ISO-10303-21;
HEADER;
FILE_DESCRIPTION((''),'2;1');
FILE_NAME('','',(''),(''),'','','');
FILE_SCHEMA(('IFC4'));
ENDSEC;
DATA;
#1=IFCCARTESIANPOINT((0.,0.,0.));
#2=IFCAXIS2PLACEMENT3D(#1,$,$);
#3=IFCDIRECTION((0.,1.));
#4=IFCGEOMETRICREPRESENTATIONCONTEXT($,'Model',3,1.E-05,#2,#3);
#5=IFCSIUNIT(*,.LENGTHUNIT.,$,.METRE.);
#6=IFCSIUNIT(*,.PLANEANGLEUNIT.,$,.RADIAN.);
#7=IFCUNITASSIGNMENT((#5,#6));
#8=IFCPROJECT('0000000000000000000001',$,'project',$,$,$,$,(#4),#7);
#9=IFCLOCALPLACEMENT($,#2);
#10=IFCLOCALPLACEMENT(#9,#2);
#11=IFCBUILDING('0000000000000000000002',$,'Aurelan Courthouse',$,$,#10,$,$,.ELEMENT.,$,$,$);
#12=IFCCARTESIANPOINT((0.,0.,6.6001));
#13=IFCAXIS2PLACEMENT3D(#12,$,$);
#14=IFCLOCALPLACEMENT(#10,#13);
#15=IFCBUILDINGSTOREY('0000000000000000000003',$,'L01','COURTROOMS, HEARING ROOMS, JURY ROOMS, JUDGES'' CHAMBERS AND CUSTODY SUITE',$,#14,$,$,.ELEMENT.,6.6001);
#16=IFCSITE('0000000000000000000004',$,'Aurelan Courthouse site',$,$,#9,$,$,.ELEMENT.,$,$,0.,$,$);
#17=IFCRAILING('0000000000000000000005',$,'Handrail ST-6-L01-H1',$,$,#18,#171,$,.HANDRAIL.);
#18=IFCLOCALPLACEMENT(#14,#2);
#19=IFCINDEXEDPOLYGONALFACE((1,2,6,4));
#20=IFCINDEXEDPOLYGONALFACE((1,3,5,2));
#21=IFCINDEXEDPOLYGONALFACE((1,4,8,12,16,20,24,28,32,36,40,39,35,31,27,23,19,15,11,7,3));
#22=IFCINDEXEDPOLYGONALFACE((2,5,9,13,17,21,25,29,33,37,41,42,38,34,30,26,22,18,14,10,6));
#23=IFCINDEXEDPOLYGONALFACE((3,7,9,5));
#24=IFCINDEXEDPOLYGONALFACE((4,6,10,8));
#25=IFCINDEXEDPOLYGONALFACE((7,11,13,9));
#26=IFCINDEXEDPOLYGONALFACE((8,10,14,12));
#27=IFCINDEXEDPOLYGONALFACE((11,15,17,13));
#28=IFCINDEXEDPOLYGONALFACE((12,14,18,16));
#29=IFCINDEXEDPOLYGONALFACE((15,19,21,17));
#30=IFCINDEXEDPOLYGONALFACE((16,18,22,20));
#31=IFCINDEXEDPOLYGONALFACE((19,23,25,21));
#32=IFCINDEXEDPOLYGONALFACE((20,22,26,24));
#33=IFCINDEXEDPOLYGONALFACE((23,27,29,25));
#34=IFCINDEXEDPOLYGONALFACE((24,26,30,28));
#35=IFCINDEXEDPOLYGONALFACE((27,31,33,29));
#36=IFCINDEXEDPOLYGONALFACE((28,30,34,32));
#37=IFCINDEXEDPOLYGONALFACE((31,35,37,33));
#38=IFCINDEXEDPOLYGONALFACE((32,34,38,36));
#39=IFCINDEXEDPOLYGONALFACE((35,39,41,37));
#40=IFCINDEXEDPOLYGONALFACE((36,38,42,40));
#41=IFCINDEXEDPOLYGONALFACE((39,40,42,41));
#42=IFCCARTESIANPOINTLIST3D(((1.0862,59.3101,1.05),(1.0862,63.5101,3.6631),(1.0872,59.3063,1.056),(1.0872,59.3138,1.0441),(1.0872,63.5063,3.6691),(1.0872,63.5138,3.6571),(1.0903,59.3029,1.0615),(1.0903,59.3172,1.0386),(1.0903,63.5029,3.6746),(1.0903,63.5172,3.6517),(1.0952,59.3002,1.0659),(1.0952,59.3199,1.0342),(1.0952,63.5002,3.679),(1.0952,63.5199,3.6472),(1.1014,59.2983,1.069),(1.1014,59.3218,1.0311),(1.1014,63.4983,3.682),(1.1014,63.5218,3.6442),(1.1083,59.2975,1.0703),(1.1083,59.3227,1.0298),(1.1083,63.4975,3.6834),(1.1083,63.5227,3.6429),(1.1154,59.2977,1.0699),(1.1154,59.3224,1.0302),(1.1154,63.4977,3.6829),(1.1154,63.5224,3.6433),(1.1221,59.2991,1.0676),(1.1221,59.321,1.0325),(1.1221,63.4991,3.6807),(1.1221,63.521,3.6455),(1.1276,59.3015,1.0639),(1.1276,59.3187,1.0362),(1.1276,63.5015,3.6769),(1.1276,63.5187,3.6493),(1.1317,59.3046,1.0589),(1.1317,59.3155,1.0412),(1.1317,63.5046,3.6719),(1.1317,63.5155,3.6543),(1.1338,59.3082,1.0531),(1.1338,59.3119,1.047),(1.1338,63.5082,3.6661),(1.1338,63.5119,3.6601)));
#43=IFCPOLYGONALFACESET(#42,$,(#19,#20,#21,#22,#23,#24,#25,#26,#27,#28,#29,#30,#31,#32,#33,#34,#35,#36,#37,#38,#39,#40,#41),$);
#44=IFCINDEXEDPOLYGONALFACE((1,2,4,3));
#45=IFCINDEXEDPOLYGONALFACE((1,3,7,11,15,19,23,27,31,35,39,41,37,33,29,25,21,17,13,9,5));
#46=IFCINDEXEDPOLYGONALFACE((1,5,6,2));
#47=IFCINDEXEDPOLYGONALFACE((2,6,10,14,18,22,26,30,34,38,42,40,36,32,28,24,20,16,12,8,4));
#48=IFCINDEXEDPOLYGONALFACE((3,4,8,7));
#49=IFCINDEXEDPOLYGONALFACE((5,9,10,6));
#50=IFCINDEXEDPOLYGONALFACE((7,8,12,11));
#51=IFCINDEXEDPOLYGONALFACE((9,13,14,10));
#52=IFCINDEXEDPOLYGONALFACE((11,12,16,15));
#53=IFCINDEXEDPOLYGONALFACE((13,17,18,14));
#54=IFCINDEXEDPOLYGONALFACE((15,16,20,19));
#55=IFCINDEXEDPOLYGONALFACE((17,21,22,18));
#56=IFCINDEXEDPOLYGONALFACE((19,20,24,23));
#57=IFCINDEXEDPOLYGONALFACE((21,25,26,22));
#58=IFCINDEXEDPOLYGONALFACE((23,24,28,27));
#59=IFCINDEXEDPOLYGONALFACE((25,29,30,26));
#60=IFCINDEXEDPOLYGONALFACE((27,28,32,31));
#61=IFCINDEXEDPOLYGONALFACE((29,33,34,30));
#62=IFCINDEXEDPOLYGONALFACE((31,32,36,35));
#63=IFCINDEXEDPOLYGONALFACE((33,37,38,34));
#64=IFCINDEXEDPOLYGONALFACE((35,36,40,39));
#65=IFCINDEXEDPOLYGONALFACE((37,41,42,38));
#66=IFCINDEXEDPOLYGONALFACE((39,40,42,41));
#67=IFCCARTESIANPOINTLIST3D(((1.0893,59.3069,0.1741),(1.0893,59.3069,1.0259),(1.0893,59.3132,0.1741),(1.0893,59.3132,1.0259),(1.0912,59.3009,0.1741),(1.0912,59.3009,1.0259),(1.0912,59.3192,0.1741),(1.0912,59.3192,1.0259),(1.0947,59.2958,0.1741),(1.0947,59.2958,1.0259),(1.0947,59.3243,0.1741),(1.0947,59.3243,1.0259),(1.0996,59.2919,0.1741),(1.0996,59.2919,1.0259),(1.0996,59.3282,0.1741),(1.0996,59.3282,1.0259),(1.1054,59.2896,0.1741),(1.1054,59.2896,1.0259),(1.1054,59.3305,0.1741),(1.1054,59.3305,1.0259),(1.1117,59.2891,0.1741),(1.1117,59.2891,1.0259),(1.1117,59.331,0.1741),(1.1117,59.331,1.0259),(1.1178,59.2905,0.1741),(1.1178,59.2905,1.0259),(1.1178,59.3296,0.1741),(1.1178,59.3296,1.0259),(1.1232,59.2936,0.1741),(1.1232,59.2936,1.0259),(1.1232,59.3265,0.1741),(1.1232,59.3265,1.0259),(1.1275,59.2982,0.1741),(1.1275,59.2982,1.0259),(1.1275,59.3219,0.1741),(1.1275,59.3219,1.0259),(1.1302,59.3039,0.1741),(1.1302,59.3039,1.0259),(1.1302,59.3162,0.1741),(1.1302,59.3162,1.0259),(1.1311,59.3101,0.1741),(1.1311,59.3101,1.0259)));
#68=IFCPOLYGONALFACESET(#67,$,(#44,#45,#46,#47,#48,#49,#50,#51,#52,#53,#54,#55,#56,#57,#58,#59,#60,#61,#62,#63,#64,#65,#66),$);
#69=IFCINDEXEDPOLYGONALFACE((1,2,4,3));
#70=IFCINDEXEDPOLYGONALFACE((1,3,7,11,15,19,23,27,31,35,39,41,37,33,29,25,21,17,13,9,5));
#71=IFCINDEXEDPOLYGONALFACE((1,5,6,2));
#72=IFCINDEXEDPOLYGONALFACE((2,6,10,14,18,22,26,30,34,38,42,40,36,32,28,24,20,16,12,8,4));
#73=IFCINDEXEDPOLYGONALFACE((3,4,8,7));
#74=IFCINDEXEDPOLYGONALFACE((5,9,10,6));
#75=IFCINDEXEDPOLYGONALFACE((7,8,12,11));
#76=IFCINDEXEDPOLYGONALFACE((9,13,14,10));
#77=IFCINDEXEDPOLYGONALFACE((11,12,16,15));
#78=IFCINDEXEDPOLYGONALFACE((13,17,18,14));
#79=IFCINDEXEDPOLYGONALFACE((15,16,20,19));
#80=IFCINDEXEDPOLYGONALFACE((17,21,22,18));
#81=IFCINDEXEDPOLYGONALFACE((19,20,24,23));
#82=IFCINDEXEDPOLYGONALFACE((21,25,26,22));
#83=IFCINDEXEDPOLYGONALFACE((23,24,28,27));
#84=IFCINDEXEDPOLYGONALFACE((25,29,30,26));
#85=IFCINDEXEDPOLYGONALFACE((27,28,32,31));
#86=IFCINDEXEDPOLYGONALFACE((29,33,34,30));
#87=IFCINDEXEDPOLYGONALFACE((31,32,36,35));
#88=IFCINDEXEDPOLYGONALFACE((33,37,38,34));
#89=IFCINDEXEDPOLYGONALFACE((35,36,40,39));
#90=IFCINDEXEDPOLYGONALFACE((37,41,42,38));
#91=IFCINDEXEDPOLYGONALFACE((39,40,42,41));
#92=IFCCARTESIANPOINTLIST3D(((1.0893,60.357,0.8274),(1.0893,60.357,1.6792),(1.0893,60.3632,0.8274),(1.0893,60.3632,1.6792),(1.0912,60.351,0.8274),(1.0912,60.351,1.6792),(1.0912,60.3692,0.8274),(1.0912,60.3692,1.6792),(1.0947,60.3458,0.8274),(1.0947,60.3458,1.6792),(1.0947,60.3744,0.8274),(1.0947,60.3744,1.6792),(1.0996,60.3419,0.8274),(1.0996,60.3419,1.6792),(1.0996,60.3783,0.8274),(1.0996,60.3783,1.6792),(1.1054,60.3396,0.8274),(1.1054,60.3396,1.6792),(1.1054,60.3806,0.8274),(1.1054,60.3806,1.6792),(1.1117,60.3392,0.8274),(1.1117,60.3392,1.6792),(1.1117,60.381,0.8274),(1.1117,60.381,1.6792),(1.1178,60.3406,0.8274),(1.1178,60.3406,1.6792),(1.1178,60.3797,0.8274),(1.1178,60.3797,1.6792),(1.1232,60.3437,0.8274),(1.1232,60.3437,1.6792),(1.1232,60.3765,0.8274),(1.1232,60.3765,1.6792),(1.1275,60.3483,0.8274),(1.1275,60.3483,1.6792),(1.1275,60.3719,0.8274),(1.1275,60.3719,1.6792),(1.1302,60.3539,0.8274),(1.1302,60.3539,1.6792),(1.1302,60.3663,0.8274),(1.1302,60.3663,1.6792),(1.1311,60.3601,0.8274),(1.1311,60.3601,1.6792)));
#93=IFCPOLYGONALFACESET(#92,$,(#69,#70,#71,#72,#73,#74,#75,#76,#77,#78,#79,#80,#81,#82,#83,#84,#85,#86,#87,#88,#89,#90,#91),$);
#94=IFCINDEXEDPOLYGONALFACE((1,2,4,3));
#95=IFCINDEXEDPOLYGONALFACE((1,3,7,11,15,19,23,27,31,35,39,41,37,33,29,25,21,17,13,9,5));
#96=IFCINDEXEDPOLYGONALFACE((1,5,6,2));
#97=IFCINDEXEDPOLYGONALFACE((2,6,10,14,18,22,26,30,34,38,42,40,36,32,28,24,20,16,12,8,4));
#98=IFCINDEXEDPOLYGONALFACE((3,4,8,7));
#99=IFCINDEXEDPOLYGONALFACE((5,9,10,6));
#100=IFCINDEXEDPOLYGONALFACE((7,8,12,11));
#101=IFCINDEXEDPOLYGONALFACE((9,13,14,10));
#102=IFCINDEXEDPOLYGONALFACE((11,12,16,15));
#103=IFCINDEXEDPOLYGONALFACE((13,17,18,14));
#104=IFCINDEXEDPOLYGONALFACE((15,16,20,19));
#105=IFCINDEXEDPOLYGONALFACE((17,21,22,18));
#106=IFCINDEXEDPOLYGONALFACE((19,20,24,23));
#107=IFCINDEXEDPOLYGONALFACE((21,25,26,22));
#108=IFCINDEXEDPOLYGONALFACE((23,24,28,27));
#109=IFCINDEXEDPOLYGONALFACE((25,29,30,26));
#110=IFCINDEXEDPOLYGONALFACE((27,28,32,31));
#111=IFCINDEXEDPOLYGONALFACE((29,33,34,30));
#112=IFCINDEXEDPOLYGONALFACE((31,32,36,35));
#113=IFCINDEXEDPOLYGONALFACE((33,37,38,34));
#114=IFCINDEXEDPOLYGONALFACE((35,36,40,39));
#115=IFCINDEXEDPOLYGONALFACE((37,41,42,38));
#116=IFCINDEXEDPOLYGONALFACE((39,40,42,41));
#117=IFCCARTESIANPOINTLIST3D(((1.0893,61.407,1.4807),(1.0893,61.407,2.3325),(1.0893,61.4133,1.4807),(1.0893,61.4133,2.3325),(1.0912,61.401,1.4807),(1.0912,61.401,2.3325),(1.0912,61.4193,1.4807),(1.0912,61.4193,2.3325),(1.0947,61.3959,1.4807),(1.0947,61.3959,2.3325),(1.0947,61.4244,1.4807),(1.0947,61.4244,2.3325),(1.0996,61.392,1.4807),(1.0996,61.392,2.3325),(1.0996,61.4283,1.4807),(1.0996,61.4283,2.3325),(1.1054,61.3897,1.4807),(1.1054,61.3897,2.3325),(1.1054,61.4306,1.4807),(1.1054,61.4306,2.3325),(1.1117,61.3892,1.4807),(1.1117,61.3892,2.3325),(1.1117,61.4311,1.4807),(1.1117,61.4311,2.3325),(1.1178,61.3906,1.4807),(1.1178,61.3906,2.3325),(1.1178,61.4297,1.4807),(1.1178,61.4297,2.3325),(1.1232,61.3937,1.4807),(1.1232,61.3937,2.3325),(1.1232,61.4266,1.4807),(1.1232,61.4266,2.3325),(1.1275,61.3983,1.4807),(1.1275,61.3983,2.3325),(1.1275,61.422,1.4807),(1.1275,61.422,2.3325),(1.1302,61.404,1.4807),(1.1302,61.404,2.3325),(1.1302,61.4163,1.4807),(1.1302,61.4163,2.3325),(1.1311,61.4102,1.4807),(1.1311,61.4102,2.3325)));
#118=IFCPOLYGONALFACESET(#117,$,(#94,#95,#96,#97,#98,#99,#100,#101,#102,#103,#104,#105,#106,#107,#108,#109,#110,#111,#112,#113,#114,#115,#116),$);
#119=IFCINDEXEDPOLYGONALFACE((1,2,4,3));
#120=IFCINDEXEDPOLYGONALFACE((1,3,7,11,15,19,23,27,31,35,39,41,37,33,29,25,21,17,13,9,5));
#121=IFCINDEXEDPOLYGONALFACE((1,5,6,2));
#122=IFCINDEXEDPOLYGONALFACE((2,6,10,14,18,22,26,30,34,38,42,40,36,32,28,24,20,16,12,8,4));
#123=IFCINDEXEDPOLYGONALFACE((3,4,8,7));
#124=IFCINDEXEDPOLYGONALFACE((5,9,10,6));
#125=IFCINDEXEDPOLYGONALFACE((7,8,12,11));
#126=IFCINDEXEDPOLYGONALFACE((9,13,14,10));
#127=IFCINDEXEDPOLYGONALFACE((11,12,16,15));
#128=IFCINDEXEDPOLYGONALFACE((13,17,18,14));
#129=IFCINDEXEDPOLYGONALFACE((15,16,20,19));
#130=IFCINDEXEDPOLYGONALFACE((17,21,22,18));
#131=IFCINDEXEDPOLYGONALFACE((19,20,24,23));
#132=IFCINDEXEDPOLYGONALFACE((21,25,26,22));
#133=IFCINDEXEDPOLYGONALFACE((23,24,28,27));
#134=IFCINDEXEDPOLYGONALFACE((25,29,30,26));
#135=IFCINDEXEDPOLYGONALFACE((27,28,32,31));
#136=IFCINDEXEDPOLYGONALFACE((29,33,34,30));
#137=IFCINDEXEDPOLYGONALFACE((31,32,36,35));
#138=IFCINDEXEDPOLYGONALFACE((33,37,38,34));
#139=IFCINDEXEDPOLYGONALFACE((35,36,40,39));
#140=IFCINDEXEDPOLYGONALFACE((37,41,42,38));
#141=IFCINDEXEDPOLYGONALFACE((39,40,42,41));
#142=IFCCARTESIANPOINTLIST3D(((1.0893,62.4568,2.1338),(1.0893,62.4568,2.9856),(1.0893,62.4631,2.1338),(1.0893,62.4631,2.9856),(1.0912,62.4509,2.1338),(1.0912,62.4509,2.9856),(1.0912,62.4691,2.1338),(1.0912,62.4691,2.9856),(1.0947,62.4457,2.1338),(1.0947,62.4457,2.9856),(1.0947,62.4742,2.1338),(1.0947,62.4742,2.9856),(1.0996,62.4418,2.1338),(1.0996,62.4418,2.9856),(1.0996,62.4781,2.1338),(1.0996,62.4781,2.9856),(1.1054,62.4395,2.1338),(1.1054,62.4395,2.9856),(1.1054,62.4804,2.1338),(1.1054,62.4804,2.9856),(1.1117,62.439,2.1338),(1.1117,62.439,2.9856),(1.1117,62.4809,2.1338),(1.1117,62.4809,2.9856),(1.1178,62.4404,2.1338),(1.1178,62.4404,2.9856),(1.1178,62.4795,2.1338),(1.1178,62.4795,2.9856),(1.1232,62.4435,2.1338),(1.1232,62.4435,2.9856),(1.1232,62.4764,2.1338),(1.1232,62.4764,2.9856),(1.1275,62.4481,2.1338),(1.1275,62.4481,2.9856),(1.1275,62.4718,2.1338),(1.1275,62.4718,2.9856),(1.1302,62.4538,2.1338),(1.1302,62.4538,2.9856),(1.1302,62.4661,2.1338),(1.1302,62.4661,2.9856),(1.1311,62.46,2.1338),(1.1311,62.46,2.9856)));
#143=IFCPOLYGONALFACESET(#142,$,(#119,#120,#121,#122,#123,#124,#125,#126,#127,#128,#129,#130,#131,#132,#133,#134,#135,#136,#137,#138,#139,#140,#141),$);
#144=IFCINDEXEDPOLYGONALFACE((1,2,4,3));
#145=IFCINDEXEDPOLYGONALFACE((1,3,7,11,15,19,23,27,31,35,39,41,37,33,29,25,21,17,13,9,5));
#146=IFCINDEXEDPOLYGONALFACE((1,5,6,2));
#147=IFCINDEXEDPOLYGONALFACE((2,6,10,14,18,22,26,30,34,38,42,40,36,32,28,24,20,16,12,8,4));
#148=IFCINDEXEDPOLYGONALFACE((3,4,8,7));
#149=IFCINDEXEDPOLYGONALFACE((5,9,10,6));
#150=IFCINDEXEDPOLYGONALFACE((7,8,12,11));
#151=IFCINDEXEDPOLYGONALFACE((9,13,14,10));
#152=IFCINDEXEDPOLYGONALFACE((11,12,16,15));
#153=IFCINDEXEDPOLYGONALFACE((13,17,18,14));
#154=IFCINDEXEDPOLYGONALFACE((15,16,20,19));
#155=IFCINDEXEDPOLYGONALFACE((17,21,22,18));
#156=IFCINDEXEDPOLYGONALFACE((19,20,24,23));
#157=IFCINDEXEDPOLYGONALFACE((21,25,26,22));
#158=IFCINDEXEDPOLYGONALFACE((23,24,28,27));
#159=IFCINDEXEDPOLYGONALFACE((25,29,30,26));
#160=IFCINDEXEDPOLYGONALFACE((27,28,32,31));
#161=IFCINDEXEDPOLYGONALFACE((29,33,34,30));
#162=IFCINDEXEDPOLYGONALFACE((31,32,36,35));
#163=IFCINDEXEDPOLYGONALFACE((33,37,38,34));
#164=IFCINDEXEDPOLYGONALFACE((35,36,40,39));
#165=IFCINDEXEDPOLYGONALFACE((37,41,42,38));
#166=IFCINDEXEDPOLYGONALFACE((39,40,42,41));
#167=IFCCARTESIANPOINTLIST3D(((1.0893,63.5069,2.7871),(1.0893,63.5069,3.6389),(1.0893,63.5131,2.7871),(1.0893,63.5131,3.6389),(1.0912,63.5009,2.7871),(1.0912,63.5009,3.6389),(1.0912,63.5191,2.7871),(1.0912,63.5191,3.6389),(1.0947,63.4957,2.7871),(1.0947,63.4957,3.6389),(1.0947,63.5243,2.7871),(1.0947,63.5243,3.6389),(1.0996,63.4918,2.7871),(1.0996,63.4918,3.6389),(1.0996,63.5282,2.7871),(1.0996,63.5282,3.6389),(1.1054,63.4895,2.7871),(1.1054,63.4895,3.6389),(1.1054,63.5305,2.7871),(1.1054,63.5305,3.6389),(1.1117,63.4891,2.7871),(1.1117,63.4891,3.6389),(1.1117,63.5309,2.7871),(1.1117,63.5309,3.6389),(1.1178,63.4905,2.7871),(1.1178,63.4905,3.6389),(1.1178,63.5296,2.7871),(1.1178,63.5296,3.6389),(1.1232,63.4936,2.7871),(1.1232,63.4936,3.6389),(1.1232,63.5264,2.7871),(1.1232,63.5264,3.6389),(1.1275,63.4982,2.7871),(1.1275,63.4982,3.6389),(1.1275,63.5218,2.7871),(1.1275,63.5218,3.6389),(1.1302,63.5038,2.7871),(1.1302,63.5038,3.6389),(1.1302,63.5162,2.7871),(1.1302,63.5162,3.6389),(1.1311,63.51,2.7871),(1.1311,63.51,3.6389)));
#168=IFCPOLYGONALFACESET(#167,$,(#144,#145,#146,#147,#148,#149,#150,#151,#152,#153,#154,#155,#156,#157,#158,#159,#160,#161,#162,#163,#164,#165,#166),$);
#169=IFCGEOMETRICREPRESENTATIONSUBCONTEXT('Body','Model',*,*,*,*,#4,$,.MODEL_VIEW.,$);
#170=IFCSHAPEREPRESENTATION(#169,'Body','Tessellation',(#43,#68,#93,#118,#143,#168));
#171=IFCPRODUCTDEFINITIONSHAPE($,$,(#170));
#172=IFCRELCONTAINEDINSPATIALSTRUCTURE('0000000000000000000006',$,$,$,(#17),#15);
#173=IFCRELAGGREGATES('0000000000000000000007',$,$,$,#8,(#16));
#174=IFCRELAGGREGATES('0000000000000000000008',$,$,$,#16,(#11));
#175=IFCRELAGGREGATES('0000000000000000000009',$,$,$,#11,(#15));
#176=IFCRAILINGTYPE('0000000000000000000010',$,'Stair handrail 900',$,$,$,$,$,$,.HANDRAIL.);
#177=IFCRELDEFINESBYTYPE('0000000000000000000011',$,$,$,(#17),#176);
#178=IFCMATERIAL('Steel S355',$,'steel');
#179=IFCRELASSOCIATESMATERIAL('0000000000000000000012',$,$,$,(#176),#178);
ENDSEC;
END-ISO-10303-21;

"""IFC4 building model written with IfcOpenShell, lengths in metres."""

from ifc_helpers import new_model, si_unit, direction, frame, origin, origin_2d, place, context, subcontext, project, spatial, circle, extrude, material, type_object, element, save


model = new_model("IFC4")

# Units and contexts
model_context = context("Model", 3, precision=1e-05, world=origin(), true_north=direction((0.0, 1.0)))
body_context = subcontext(model_context, "Body", "Model", "MODEL_VIEW")
ifc_project = project(units=[si_unit("LENGTHUNIT", "METRE"), si_unit("PLANEANGLEUNIT", "RADIAN")], contexts=[model_context])

# Site, building, storey
site_placement = place(None, origin())
site = spatial("IfcSite", under=ifc_project, at=site_placement, Name="Aurelan Courthouse site", CompositionType="ELEMENT", RefElevation=0.0)
building_placement = place(site_placement, origin())
building = spatial("IfcBuilding", under=site, at=building_placement, Name="Aurelan Courthouse", CompositionType="ELEMENT")
storey_placement = place(building_placement, frame((0.0, 0.0, 6.6001)))
storey = spatial("IfcBuildingStorey", under=building, at=storey_placement, Name="L01", Description="COURTROOMS, HEARING ROOMS, JURY ROOMS, JUDGES' CHAMBERS AND CUSTODY SUITE", CompositionType="ELEMENT", Elevation=6.6001)

# Railing
ifc_material_1 = material(Name="Steel S355", Category="steel")
railing_type = type_object("IfcRailingType", Name="Stair handrail 900", PredefinedType="HANDRAIL", material=ifc_material_1)
for number, where, name in (
    (1, (1.1101, 59.3101, 0.1741), "Handrail ST-6-L01-H1"),
):
    element("IfcRailing", number, at=place(storey_placement, frame(where)), inside=storey, type_object=railing_type, Name=name, PredefinedType="HANDRAIL", context=body_context, shape_type="SweptSolid", body=[
        extrude(circle(Radius=0.0239, at=origin_2d()), frame((0.0, 0.0, 0.876), z_axis=(0.0, 0.849081, 0.528263), x_axis=(-1.0, 0.0, 0.0)), (0.0, 0.0, 1.0), 4.9465),
        extrude(circle(Radius=0.021, at=origin_2d()), origin(), (0.0, 0.0, 1.0), 0.8518),
        extrude(circle(Radius=0.021, at=origin_2d()), frame((0.0, 1.05, 0.6533)), (0.0, 0.0, 1.0), 0.8518),
        extrude(circle(Radius=0.021, at=origin_2d()), frame((0.0, 2.1001, 1.3066)), (0.0, 0.0, 1.0), 0.8518),
        extrude(circle(Radius=0.021, at=origin_2d()), frame((0.0, 3.1499, 1.9597)), (0.0, 0.0, 1.0), 0.8518),
        extrude(circle(Radius=0.021, at=origin_2d()), frame((0.0, 4.2, 2.613)), (0.0, 0.0, 1.0), 0.8518),
    ])

save(model, "model.ifc")
